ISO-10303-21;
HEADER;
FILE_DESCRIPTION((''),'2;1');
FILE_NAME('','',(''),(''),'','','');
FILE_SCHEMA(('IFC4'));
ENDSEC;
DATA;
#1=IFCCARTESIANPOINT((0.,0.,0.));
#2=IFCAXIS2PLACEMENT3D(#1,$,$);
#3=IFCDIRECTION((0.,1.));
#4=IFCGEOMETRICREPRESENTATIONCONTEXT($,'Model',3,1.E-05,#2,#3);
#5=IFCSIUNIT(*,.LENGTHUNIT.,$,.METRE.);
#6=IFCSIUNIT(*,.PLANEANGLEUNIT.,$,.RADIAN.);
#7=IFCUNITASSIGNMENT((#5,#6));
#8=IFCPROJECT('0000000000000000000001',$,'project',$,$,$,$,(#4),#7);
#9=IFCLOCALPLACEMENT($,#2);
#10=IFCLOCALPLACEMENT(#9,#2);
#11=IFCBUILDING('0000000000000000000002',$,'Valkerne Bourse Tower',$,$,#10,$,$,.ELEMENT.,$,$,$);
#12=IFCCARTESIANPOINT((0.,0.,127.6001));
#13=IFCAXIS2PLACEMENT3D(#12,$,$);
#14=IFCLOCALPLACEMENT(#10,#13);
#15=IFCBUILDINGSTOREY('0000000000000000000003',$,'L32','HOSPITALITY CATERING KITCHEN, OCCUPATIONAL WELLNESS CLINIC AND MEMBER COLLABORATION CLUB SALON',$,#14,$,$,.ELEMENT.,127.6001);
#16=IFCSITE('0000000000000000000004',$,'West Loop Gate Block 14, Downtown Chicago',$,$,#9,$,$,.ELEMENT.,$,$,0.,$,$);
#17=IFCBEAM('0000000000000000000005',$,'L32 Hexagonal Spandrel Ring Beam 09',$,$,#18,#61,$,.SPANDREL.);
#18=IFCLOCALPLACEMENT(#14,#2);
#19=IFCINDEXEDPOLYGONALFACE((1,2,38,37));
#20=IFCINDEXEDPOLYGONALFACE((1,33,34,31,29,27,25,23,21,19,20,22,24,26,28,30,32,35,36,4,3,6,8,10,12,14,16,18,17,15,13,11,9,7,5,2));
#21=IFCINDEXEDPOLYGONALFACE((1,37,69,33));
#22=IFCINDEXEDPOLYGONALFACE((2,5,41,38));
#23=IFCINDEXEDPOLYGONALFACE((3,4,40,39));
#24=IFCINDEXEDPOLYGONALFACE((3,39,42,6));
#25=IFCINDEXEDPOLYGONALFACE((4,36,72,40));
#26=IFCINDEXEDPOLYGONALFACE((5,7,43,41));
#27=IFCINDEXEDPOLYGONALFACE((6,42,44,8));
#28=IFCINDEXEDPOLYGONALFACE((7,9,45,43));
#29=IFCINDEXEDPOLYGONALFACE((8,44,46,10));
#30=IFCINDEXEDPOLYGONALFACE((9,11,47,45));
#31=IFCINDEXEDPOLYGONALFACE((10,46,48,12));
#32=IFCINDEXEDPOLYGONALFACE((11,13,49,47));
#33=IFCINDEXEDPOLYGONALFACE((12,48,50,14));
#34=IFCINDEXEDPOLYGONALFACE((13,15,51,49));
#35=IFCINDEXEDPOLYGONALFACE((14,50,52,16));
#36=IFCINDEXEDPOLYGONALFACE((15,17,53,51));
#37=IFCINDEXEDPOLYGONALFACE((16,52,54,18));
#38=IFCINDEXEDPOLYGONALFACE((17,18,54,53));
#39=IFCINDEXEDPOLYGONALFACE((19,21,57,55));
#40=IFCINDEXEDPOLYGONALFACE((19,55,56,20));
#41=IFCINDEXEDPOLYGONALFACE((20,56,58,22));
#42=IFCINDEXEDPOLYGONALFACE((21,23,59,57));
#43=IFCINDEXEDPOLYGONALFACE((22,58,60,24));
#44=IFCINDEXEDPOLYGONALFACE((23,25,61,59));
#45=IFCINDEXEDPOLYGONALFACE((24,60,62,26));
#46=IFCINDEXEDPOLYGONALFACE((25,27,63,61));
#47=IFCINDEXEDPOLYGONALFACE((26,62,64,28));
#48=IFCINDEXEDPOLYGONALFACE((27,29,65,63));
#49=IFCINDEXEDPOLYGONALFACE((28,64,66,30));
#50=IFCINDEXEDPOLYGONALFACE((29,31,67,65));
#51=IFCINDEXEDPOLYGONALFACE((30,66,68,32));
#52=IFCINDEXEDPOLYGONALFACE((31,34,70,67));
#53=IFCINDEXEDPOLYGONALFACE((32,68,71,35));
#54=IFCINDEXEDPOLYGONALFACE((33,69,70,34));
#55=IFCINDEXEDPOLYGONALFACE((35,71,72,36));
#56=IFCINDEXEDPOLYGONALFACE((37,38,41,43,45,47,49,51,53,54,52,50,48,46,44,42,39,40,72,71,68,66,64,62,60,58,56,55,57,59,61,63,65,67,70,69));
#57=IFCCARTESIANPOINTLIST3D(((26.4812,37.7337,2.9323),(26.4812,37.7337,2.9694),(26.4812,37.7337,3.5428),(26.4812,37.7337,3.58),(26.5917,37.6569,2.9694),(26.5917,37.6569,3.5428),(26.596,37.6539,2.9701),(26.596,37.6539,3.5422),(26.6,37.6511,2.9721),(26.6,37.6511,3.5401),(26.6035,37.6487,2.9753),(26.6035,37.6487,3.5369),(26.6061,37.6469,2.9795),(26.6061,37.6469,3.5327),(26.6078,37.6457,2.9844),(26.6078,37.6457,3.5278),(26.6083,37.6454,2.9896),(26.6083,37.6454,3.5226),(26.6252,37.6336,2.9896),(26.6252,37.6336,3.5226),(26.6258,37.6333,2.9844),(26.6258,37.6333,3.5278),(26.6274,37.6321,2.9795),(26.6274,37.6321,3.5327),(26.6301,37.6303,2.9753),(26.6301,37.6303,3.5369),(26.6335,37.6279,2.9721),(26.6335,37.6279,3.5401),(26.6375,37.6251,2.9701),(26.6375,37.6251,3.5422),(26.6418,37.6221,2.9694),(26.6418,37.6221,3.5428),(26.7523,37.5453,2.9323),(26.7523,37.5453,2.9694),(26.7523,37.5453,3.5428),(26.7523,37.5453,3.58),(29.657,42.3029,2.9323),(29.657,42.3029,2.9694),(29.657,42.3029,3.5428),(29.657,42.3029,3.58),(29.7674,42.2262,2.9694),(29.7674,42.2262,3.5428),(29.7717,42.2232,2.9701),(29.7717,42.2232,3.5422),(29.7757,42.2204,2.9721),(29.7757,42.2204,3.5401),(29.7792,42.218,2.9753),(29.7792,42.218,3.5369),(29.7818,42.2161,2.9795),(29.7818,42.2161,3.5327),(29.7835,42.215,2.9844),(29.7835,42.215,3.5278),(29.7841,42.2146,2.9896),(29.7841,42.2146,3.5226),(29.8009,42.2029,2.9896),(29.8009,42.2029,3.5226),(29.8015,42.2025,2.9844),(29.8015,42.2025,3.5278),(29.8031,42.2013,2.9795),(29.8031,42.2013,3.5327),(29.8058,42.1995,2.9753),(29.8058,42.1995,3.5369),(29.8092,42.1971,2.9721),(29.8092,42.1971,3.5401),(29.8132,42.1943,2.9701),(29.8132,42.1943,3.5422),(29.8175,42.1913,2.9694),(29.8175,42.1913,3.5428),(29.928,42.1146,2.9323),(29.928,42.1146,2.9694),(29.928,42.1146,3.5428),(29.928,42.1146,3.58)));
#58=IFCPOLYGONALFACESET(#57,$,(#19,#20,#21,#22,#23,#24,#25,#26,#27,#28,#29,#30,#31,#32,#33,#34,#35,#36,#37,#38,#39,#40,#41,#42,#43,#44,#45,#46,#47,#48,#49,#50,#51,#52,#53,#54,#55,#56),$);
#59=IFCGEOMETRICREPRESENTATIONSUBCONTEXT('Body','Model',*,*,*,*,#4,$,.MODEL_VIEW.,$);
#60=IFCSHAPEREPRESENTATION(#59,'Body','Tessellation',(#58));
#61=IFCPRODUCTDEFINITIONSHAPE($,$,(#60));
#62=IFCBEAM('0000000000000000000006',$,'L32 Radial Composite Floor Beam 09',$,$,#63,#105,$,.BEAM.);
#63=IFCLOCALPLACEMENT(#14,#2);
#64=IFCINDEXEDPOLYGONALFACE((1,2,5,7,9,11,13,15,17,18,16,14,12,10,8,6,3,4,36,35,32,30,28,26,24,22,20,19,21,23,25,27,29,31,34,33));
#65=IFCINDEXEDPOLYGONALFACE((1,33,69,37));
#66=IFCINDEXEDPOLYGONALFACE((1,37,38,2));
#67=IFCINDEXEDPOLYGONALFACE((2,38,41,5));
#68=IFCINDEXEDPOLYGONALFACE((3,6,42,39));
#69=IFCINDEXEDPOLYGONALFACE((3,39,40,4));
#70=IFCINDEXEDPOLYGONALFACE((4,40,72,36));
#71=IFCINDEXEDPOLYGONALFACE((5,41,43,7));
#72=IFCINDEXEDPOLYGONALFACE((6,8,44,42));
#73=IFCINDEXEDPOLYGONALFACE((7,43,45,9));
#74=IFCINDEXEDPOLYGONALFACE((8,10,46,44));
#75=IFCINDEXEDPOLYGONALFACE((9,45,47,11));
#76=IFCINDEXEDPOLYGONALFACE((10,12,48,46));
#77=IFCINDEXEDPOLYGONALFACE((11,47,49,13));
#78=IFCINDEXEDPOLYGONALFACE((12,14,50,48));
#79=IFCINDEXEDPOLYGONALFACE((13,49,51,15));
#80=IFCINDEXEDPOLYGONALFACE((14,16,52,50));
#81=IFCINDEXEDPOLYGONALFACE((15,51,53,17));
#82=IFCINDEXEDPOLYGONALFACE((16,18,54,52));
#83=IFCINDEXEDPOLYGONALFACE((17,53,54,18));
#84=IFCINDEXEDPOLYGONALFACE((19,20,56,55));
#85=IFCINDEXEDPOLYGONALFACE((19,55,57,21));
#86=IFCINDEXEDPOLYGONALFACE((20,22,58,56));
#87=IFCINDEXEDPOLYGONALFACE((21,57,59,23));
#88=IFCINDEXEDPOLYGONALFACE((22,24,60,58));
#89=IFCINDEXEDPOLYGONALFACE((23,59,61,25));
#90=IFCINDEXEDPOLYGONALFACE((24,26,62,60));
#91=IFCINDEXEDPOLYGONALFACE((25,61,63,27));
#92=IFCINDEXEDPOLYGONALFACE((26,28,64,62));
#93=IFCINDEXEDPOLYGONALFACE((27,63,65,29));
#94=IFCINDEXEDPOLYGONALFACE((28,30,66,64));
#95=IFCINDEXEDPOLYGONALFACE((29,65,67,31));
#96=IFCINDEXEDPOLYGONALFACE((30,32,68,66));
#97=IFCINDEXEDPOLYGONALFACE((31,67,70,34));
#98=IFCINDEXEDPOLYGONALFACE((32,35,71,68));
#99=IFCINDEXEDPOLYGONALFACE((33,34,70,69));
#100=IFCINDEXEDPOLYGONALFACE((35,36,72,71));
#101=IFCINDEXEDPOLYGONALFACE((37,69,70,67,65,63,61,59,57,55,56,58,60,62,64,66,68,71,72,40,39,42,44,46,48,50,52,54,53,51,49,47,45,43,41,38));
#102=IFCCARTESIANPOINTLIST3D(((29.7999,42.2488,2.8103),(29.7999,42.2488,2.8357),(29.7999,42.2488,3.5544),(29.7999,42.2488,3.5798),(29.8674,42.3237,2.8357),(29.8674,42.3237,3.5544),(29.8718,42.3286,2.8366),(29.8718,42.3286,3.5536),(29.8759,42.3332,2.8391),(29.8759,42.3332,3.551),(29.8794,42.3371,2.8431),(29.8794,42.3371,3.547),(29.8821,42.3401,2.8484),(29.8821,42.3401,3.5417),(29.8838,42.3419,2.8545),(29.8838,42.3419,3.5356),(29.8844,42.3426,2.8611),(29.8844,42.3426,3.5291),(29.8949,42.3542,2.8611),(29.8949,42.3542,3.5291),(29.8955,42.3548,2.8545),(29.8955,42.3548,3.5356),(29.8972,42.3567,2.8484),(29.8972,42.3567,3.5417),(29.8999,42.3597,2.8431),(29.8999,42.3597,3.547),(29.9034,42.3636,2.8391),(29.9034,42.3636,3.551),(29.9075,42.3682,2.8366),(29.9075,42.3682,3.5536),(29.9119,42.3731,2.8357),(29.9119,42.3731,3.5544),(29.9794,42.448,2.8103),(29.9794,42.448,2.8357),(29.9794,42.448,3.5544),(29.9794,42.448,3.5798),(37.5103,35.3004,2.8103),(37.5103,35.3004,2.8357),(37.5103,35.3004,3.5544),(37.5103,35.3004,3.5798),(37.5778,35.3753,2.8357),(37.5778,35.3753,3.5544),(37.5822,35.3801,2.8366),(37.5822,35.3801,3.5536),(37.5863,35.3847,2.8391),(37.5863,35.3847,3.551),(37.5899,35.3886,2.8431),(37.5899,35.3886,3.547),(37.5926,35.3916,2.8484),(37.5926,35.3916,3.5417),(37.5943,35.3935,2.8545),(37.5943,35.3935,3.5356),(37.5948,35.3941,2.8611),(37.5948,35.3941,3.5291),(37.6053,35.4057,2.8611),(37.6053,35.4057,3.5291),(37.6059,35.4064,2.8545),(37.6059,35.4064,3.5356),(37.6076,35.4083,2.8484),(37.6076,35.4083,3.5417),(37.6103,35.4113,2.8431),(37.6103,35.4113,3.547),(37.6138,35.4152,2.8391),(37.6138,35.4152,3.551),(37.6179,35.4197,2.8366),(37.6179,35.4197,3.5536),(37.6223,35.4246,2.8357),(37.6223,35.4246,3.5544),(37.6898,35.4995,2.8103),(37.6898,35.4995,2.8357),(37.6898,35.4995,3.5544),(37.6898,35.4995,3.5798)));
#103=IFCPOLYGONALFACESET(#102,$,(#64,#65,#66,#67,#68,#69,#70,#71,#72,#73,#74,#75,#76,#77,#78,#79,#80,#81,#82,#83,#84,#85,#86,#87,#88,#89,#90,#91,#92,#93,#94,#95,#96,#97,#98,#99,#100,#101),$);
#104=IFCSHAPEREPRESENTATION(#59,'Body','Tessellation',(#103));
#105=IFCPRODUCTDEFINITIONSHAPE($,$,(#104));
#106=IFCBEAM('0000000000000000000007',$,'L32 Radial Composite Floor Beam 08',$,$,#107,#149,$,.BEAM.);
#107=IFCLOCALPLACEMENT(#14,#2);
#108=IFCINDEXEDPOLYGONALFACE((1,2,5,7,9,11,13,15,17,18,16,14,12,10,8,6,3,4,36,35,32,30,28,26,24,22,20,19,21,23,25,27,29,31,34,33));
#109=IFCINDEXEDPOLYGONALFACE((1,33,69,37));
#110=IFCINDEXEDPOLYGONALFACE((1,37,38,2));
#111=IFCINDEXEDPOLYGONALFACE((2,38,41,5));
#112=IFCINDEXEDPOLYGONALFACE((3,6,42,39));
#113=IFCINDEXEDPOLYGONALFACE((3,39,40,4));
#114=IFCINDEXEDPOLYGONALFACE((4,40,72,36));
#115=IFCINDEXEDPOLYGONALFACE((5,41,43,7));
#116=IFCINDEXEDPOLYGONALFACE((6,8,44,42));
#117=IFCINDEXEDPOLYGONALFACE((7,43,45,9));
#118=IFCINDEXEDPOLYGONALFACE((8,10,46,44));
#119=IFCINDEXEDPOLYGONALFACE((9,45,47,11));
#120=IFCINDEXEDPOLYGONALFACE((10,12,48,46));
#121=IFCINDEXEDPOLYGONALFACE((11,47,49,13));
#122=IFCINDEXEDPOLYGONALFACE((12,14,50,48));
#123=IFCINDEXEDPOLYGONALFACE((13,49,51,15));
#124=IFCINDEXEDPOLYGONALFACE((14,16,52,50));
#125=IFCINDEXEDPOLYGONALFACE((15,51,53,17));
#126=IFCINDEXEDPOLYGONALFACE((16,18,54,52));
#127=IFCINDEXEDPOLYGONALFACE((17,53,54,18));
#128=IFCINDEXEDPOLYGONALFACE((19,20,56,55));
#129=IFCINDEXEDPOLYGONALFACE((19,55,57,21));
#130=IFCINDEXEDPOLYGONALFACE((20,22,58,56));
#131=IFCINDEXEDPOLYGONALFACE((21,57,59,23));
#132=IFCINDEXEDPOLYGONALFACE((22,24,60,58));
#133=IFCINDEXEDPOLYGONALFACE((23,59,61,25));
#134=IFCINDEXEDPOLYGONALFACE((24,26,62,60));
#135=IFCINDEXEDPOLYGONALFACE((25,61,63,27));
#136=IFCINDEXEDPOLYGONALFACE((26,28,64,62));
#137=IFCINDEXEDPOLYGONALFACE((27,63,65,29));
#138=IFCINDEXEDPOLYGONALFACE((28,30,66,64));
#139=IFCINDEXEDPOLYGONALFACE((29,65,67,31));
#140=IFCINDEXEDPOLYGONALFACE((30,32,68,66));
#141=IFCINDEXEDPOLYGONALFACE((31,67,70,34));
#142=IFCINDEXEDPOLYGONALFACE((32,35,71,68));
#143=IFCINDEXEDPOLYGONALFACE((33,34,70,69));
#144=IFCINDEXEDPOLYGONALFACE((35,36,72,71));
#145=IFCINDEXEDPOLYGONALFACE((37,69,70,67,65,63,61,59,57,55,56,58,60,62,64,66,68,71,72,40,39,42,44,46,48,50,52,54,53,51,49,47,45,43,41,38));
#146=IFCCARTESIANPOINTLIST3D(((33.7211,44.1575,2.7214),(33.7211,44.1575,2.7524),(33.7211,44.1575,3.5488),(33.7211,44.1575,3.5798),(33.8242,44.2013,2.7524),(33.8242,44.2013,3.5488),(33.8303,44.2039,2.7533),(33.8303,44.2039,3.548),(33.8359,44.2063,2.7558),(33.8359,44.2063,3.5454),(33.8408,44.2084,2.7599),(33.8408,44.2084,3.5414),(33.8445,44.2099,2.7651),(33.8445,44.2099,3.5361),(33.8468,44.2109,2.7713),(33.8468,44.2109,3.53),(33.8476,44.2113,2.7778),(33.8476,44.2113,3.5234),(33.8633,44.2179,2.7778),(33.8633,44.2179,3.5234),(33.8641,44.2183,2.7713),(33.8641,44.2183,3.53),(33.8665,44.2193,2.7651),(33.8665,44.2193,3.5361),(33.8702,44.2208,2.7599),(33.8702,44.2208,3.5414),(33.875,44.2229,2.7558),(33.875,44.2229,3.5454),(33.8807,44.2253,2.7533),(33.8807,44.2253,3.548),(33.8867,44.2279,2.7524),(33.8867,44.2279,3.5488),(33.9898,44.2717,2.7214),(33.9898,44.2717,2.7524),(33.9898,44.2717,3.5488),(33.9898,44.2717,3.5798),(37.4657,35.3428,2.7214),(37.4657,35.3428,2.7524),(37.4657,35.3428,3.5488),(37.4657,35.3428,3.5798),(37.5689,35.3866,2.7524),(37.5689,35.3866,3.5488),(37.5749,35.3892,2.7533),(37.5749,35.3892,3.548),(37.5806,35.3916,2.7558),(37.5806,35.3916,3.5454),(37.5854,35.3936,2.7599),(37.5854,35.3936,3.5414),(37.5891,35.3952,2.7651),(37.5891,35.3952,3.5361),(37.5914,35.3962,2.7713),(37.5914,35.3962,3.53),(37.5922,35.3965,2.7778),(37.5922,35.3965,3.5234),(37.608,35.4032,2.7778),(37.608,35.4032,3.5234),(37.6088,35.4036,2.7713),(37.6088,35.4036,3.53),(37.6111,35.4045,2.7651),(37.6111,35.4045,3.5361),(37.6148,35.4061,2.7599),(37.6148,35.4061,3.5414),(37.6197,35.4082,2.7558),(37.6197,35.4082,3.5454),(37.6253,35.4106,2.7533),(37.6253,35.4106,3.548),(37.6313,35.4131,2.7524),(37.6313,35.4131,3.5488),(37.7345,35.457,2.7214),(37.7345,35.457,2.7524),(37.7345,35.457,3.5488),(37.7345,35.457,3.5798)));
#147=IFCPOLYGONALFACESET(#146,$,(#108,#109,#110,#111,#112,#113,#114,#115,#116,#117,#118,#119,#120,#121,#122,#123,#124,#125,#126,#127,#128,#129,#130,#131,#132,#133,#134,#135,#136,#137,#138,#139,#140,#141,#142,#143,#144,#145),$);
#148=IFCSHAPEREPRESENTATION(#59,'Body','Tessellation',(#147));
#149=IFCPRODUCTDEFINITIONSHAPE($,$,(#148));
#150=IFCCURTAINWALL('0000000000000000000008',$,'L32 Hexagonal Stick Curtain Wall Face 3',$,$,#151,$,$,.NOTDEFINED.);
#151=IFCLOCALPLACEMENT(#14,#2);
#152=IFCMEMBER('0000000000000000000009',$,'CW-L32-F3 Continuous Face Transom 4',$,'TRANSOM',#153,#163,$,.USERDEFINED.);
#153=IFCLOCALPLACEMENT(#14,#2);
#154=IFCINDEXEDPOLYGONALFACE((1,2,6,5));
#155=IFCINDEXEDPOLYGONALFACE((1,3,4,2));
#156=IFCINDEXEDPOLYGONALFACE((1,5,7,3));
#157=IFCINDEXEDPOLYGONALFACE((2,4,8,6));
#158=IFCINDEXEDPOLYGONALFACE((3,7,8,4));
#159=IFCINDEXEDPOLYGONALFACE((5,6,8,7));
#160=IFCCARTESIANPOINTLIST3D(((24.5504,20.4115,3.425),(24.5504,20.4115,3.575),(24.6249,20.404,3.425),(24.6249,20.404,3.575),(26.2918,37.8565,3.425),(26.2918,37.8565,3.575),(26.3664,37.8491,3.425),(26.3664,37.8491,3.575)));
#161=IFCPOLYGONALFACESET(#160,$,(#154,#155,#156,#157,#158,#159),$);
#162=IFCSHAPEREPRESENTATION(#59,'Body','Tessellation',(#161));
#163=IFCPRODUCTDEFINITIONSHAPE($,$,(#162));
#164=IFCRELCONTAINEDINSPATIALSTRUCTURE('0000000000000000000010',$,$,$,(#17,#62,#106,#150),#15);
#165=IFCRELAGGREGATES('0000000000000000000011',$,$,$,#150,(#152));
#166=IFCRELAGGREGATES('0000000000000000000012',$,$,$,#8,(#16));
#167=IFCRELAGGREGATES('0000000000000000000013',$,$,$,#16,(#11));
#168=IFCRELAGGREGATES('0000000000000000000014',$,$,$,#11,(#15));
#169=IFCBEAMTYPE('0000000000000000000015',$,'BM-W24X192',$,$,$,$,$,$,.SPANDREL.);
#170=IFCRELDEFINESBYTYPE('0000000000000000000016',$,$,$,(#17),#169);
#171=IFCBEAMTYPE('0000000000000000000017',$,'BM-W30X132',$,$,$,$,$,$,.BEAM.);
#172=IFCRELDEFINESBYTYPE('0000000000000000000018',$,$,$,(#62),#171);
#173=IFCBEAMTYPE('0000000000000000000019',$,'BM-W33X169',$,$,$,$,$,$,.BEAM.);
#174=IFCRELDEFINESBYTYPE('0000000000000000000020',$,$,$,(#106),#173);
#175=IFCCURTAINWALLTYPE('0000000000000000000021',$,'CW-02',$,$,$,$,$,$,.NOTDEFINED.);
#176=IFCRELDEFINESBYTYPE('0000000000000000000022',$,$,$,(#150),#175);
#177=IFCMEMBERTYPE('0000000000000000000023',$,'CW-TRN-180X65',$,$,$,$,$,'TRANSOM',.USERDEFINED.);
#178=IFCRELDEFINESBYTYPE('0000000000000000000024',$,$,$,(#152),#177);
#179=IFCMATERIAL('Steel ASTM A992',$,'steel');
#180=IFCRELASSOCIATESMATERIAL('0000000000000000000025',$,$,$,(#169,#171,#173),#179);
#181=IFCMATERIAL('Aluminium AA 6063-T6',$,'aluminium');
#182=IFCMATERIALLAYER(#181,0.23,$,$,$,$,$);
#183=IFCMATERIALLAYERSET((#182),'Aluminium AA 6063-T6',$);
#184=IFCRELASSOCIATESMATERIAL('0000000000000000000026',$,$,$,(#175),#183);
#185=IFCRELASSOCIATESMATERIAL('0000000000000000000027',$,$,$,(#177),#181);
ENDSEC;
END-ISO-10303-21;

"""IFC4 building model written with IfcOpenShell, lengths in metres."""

from ifc_helpers import new_model, si_unit, direction, frame, origin, origin_2d, place, context, subcontext, project, spatial, rectangle, i_section, extrude, material, layer, layer_set, material_profile, profile_set, type_object, element, aggregate, save


model = new_model("IFC4")

# Units and contexts
model_context = context("Model", 3, precision=1e-05, world=origin(), true_north=direction((0.0, 1.0)))
body_context = subcontext(model_context, "Body", "Model", "MODEL_VIEW")
ifc_project = project(units=[si_unit("LENGTHUNIT", "METRE"), si_unit("PLANEANGLEUNIT", "RADIAN")], contexts=[model_context])

# Site, building, storey
site_placement = place(None, origin())
site = spatial("IfcSite", under=ifc_project, at=site_placement, Name="West Loop Gate Block 14, Downtown Chicago", CompositionType="ELEMENT", RefElevation=0.0)
building_placement = place(site_placement, origin())
building = spatial("IfcBuilding", under=site, at=building_placement, Name="Valkerne Bourse Tower", CompositionType="ELEMENT")
storey_placement = place(building_placement, frame((0.0, 0.0, 127.6001)))
storey = spatial("IfcBuildingStorey", under=building, at=storey_placement, Name="L32", Description="HOSPITALITY CATERING KITCHEN, OCCUPATIONAL WELLNESS CLINIC AND MEMBER COLLABORATION CLUB SALON", CompositionType="ELEMENT", Elevation=127.6001)

# Beams
ifc_material_1 = material(Name="Steel ASTM A992", Category="steel")
ifc_material_profile_1 = material_profile(ifc_material_1, i_section(OverallWidth=0.3301, OverallDepth=0.6477, WebThickness=0.0205, FlangeThickness=0.0371, FilletRadius=0.0203, at=origin_2d()), Name="W24X192")
ifc_profile_set_1 = profile_set([ifc_material_profile_1], Name="Steel ASTM A992")
beam_type_1 = type_object("IfcBeamType", Name="BM-W24X192", PredefinedType="SPANDREL", material=ifc_profile_set_1)
beam_1_placement = place(storey_placement, frame((29.7925, 42.2087, 3.2561), z_axis=(-0.570715, -0.821148, 0.0), x_axis=(0.821148, -0.570715, 0.0)))
element("IfcBeam", 1, at=beam_1_placement, inside=storey, type_object=beam_type_1, Name="L32 Hexagonal Spandrel Ring Beam 09", PredefinedType="SPANDREL", context=body_context, shape_type="SweptSolid", body=[
    extrude(i_section(OverallWidth=0.3301, OverallDepth=0.6477, WebThickness=0.0205, FlangeThickness=0.0371, FilletRadius=0.0203, at=origin_2d()), origin(), (0.0, 0.0, 1.0), 5.5645),
])
ifc_material_profile_2 = material_profile(ifc_material_1, i_section(OverallWidth=0.2681, OverallDepth=0.7695, WebThickness=0.0156, FlangeThickness=0.0254, FilletRadius=0.0254, at=origin_2d()), Name="W30X132")
ifc_profile_set_2 = profile_set([ifc_material_profile_2], Name="Steel ASTM A992")
beam_type_2 = type_object("IfcBeamType", Name="BM-W30X132", PredefinedType="BEAM", material=ifc_profile_set_2)
beam_2_placement = place(storey_placement, frame((29.8896, 42.3484, 3.1951), z_axis=(0.742859, -0.669448, 0.0), x_axis=(0.669448, 0.742859, 0.0)))
element("IfcBeam", 2, at=beam_2_placement, inside=storey, type_object=beam_type_2, Name="L32 Radial Composite Floor Beam 09", PredefinedType="BEAM", context=body_context, shape_type="SweptSolid", body=[
    extrude(i_section(OverallWidth=0.2681, OverallDepth=0.7695, WebThickness=0.0156, FlangeThickness=0.0254, FilletRadius=0.0254, at=origin_2d()), origin(), (0.0, 0.0, 1.0), 10.3794),
])
ifc_material_profile_3 = material_profile(ifc_material_1, i_section(OverallWidth=0.292, OverallDepth=0.8584, WebThickness=0.0171, FlangeThickness=0.031, FilletRadius=0.0254, at=origin_2d()), Name="W33X169")
ifc_profile_set_3 = profile_set([ifc_material_profile_3], Name="Steel ASTM A992")
beam_type_3 = type_object("IfcBeamType", Name="BM-W33X169", PredefinedType="BEAM", material=ifc_profile_set_3)
beam_3_placement = place(storey_placement, frame((33.8555, 44.2146, 3.1506), z_axis=(0.390998, -0.920392, 0.0), x_axis=(0.920392, 0.390998, 0.0)))
element("IfcBeam", 3, at=beam_3_placement, inside=storey, type_object=beam_type_3, Name="L32 Radial Composite Floor Beam 08", PredefinedType="BEAM", context=body_context, shape_type="SweptSolid", body=[
    extrude(i_section(OverallWidth=0.292, OverallDepth=0.8584, WebThickness=0.0171, FlangeThickness=0.031, FilletRadius=0.0254, at=origin_2d()), origin(), (0.0, 0.0, 1.0), 9.5771),
])

# Curtain wall, member
ifc_material_2 = material(Name="Aluminium AA 6063-T6", Category="aluminium")
ifc_layer = layer(ifc_material_2, 0.23)
ifc_layer_set = layer_set([ifc_layer], Name="Aluminium AA 6063-T6")
curtain_wall_type = type_object("IfcCurtainWallType", Name="CW-02", PredefinedType="NOTDEFINED", material=ifc_layer_set)
curtain_wall_placement = place(storey_placement, origin())
curtain_wall = element("IfcCurtainWall", 4, at=curtain_wall_placement, inside=storey, type_object=curtain_wall_type, Name="L32 Hexagonal Stick Curtain Wall Face 3", PredefinedType="NOTDEFINED")
ifc_material_profile_4 = material_profile(ifc_material_2, rectangle(XDim=0.075, YDim=0.1499, at=origin_2d()), Name="CWT-75X150")
ifc_profile_set_4 = profile_set([ifc_material_profile_4], Name="Aluminium AA 6063-T6")
member_type_1 = type_object("IfcMemberType", Name="CW-TRN-180X65", ElementType="TRANSOM", PredefinedType="USERDEFINED", material=ifc_profile_set_4)
member_1_placement = place(storey_placement, frame((26.3291, 37.8528, 3.5), z_axis=(-0.099331, -0.995054, 0.0), x_axis=(0.995054, -0.099331, 0.0)))
member_1 = element("IfcMember", 5, at=member_1_placement, type_object=member_type_1, Name="CW-L32-F3 Continuous Face Transom 4", ObjectType="TRANSOM", PredefinedType="USERDEFINED", context=body_context, shape_type="SweptSolid", body=[
    extrude(rectangle(XDim=0.075, YDim=0.1499, at=origin_2d()), origin(), (0.0, 0.0, 1.0), 17.5317),
])
aggregate(curtain_wall, [member_1])

save(model, "model.ifc")
